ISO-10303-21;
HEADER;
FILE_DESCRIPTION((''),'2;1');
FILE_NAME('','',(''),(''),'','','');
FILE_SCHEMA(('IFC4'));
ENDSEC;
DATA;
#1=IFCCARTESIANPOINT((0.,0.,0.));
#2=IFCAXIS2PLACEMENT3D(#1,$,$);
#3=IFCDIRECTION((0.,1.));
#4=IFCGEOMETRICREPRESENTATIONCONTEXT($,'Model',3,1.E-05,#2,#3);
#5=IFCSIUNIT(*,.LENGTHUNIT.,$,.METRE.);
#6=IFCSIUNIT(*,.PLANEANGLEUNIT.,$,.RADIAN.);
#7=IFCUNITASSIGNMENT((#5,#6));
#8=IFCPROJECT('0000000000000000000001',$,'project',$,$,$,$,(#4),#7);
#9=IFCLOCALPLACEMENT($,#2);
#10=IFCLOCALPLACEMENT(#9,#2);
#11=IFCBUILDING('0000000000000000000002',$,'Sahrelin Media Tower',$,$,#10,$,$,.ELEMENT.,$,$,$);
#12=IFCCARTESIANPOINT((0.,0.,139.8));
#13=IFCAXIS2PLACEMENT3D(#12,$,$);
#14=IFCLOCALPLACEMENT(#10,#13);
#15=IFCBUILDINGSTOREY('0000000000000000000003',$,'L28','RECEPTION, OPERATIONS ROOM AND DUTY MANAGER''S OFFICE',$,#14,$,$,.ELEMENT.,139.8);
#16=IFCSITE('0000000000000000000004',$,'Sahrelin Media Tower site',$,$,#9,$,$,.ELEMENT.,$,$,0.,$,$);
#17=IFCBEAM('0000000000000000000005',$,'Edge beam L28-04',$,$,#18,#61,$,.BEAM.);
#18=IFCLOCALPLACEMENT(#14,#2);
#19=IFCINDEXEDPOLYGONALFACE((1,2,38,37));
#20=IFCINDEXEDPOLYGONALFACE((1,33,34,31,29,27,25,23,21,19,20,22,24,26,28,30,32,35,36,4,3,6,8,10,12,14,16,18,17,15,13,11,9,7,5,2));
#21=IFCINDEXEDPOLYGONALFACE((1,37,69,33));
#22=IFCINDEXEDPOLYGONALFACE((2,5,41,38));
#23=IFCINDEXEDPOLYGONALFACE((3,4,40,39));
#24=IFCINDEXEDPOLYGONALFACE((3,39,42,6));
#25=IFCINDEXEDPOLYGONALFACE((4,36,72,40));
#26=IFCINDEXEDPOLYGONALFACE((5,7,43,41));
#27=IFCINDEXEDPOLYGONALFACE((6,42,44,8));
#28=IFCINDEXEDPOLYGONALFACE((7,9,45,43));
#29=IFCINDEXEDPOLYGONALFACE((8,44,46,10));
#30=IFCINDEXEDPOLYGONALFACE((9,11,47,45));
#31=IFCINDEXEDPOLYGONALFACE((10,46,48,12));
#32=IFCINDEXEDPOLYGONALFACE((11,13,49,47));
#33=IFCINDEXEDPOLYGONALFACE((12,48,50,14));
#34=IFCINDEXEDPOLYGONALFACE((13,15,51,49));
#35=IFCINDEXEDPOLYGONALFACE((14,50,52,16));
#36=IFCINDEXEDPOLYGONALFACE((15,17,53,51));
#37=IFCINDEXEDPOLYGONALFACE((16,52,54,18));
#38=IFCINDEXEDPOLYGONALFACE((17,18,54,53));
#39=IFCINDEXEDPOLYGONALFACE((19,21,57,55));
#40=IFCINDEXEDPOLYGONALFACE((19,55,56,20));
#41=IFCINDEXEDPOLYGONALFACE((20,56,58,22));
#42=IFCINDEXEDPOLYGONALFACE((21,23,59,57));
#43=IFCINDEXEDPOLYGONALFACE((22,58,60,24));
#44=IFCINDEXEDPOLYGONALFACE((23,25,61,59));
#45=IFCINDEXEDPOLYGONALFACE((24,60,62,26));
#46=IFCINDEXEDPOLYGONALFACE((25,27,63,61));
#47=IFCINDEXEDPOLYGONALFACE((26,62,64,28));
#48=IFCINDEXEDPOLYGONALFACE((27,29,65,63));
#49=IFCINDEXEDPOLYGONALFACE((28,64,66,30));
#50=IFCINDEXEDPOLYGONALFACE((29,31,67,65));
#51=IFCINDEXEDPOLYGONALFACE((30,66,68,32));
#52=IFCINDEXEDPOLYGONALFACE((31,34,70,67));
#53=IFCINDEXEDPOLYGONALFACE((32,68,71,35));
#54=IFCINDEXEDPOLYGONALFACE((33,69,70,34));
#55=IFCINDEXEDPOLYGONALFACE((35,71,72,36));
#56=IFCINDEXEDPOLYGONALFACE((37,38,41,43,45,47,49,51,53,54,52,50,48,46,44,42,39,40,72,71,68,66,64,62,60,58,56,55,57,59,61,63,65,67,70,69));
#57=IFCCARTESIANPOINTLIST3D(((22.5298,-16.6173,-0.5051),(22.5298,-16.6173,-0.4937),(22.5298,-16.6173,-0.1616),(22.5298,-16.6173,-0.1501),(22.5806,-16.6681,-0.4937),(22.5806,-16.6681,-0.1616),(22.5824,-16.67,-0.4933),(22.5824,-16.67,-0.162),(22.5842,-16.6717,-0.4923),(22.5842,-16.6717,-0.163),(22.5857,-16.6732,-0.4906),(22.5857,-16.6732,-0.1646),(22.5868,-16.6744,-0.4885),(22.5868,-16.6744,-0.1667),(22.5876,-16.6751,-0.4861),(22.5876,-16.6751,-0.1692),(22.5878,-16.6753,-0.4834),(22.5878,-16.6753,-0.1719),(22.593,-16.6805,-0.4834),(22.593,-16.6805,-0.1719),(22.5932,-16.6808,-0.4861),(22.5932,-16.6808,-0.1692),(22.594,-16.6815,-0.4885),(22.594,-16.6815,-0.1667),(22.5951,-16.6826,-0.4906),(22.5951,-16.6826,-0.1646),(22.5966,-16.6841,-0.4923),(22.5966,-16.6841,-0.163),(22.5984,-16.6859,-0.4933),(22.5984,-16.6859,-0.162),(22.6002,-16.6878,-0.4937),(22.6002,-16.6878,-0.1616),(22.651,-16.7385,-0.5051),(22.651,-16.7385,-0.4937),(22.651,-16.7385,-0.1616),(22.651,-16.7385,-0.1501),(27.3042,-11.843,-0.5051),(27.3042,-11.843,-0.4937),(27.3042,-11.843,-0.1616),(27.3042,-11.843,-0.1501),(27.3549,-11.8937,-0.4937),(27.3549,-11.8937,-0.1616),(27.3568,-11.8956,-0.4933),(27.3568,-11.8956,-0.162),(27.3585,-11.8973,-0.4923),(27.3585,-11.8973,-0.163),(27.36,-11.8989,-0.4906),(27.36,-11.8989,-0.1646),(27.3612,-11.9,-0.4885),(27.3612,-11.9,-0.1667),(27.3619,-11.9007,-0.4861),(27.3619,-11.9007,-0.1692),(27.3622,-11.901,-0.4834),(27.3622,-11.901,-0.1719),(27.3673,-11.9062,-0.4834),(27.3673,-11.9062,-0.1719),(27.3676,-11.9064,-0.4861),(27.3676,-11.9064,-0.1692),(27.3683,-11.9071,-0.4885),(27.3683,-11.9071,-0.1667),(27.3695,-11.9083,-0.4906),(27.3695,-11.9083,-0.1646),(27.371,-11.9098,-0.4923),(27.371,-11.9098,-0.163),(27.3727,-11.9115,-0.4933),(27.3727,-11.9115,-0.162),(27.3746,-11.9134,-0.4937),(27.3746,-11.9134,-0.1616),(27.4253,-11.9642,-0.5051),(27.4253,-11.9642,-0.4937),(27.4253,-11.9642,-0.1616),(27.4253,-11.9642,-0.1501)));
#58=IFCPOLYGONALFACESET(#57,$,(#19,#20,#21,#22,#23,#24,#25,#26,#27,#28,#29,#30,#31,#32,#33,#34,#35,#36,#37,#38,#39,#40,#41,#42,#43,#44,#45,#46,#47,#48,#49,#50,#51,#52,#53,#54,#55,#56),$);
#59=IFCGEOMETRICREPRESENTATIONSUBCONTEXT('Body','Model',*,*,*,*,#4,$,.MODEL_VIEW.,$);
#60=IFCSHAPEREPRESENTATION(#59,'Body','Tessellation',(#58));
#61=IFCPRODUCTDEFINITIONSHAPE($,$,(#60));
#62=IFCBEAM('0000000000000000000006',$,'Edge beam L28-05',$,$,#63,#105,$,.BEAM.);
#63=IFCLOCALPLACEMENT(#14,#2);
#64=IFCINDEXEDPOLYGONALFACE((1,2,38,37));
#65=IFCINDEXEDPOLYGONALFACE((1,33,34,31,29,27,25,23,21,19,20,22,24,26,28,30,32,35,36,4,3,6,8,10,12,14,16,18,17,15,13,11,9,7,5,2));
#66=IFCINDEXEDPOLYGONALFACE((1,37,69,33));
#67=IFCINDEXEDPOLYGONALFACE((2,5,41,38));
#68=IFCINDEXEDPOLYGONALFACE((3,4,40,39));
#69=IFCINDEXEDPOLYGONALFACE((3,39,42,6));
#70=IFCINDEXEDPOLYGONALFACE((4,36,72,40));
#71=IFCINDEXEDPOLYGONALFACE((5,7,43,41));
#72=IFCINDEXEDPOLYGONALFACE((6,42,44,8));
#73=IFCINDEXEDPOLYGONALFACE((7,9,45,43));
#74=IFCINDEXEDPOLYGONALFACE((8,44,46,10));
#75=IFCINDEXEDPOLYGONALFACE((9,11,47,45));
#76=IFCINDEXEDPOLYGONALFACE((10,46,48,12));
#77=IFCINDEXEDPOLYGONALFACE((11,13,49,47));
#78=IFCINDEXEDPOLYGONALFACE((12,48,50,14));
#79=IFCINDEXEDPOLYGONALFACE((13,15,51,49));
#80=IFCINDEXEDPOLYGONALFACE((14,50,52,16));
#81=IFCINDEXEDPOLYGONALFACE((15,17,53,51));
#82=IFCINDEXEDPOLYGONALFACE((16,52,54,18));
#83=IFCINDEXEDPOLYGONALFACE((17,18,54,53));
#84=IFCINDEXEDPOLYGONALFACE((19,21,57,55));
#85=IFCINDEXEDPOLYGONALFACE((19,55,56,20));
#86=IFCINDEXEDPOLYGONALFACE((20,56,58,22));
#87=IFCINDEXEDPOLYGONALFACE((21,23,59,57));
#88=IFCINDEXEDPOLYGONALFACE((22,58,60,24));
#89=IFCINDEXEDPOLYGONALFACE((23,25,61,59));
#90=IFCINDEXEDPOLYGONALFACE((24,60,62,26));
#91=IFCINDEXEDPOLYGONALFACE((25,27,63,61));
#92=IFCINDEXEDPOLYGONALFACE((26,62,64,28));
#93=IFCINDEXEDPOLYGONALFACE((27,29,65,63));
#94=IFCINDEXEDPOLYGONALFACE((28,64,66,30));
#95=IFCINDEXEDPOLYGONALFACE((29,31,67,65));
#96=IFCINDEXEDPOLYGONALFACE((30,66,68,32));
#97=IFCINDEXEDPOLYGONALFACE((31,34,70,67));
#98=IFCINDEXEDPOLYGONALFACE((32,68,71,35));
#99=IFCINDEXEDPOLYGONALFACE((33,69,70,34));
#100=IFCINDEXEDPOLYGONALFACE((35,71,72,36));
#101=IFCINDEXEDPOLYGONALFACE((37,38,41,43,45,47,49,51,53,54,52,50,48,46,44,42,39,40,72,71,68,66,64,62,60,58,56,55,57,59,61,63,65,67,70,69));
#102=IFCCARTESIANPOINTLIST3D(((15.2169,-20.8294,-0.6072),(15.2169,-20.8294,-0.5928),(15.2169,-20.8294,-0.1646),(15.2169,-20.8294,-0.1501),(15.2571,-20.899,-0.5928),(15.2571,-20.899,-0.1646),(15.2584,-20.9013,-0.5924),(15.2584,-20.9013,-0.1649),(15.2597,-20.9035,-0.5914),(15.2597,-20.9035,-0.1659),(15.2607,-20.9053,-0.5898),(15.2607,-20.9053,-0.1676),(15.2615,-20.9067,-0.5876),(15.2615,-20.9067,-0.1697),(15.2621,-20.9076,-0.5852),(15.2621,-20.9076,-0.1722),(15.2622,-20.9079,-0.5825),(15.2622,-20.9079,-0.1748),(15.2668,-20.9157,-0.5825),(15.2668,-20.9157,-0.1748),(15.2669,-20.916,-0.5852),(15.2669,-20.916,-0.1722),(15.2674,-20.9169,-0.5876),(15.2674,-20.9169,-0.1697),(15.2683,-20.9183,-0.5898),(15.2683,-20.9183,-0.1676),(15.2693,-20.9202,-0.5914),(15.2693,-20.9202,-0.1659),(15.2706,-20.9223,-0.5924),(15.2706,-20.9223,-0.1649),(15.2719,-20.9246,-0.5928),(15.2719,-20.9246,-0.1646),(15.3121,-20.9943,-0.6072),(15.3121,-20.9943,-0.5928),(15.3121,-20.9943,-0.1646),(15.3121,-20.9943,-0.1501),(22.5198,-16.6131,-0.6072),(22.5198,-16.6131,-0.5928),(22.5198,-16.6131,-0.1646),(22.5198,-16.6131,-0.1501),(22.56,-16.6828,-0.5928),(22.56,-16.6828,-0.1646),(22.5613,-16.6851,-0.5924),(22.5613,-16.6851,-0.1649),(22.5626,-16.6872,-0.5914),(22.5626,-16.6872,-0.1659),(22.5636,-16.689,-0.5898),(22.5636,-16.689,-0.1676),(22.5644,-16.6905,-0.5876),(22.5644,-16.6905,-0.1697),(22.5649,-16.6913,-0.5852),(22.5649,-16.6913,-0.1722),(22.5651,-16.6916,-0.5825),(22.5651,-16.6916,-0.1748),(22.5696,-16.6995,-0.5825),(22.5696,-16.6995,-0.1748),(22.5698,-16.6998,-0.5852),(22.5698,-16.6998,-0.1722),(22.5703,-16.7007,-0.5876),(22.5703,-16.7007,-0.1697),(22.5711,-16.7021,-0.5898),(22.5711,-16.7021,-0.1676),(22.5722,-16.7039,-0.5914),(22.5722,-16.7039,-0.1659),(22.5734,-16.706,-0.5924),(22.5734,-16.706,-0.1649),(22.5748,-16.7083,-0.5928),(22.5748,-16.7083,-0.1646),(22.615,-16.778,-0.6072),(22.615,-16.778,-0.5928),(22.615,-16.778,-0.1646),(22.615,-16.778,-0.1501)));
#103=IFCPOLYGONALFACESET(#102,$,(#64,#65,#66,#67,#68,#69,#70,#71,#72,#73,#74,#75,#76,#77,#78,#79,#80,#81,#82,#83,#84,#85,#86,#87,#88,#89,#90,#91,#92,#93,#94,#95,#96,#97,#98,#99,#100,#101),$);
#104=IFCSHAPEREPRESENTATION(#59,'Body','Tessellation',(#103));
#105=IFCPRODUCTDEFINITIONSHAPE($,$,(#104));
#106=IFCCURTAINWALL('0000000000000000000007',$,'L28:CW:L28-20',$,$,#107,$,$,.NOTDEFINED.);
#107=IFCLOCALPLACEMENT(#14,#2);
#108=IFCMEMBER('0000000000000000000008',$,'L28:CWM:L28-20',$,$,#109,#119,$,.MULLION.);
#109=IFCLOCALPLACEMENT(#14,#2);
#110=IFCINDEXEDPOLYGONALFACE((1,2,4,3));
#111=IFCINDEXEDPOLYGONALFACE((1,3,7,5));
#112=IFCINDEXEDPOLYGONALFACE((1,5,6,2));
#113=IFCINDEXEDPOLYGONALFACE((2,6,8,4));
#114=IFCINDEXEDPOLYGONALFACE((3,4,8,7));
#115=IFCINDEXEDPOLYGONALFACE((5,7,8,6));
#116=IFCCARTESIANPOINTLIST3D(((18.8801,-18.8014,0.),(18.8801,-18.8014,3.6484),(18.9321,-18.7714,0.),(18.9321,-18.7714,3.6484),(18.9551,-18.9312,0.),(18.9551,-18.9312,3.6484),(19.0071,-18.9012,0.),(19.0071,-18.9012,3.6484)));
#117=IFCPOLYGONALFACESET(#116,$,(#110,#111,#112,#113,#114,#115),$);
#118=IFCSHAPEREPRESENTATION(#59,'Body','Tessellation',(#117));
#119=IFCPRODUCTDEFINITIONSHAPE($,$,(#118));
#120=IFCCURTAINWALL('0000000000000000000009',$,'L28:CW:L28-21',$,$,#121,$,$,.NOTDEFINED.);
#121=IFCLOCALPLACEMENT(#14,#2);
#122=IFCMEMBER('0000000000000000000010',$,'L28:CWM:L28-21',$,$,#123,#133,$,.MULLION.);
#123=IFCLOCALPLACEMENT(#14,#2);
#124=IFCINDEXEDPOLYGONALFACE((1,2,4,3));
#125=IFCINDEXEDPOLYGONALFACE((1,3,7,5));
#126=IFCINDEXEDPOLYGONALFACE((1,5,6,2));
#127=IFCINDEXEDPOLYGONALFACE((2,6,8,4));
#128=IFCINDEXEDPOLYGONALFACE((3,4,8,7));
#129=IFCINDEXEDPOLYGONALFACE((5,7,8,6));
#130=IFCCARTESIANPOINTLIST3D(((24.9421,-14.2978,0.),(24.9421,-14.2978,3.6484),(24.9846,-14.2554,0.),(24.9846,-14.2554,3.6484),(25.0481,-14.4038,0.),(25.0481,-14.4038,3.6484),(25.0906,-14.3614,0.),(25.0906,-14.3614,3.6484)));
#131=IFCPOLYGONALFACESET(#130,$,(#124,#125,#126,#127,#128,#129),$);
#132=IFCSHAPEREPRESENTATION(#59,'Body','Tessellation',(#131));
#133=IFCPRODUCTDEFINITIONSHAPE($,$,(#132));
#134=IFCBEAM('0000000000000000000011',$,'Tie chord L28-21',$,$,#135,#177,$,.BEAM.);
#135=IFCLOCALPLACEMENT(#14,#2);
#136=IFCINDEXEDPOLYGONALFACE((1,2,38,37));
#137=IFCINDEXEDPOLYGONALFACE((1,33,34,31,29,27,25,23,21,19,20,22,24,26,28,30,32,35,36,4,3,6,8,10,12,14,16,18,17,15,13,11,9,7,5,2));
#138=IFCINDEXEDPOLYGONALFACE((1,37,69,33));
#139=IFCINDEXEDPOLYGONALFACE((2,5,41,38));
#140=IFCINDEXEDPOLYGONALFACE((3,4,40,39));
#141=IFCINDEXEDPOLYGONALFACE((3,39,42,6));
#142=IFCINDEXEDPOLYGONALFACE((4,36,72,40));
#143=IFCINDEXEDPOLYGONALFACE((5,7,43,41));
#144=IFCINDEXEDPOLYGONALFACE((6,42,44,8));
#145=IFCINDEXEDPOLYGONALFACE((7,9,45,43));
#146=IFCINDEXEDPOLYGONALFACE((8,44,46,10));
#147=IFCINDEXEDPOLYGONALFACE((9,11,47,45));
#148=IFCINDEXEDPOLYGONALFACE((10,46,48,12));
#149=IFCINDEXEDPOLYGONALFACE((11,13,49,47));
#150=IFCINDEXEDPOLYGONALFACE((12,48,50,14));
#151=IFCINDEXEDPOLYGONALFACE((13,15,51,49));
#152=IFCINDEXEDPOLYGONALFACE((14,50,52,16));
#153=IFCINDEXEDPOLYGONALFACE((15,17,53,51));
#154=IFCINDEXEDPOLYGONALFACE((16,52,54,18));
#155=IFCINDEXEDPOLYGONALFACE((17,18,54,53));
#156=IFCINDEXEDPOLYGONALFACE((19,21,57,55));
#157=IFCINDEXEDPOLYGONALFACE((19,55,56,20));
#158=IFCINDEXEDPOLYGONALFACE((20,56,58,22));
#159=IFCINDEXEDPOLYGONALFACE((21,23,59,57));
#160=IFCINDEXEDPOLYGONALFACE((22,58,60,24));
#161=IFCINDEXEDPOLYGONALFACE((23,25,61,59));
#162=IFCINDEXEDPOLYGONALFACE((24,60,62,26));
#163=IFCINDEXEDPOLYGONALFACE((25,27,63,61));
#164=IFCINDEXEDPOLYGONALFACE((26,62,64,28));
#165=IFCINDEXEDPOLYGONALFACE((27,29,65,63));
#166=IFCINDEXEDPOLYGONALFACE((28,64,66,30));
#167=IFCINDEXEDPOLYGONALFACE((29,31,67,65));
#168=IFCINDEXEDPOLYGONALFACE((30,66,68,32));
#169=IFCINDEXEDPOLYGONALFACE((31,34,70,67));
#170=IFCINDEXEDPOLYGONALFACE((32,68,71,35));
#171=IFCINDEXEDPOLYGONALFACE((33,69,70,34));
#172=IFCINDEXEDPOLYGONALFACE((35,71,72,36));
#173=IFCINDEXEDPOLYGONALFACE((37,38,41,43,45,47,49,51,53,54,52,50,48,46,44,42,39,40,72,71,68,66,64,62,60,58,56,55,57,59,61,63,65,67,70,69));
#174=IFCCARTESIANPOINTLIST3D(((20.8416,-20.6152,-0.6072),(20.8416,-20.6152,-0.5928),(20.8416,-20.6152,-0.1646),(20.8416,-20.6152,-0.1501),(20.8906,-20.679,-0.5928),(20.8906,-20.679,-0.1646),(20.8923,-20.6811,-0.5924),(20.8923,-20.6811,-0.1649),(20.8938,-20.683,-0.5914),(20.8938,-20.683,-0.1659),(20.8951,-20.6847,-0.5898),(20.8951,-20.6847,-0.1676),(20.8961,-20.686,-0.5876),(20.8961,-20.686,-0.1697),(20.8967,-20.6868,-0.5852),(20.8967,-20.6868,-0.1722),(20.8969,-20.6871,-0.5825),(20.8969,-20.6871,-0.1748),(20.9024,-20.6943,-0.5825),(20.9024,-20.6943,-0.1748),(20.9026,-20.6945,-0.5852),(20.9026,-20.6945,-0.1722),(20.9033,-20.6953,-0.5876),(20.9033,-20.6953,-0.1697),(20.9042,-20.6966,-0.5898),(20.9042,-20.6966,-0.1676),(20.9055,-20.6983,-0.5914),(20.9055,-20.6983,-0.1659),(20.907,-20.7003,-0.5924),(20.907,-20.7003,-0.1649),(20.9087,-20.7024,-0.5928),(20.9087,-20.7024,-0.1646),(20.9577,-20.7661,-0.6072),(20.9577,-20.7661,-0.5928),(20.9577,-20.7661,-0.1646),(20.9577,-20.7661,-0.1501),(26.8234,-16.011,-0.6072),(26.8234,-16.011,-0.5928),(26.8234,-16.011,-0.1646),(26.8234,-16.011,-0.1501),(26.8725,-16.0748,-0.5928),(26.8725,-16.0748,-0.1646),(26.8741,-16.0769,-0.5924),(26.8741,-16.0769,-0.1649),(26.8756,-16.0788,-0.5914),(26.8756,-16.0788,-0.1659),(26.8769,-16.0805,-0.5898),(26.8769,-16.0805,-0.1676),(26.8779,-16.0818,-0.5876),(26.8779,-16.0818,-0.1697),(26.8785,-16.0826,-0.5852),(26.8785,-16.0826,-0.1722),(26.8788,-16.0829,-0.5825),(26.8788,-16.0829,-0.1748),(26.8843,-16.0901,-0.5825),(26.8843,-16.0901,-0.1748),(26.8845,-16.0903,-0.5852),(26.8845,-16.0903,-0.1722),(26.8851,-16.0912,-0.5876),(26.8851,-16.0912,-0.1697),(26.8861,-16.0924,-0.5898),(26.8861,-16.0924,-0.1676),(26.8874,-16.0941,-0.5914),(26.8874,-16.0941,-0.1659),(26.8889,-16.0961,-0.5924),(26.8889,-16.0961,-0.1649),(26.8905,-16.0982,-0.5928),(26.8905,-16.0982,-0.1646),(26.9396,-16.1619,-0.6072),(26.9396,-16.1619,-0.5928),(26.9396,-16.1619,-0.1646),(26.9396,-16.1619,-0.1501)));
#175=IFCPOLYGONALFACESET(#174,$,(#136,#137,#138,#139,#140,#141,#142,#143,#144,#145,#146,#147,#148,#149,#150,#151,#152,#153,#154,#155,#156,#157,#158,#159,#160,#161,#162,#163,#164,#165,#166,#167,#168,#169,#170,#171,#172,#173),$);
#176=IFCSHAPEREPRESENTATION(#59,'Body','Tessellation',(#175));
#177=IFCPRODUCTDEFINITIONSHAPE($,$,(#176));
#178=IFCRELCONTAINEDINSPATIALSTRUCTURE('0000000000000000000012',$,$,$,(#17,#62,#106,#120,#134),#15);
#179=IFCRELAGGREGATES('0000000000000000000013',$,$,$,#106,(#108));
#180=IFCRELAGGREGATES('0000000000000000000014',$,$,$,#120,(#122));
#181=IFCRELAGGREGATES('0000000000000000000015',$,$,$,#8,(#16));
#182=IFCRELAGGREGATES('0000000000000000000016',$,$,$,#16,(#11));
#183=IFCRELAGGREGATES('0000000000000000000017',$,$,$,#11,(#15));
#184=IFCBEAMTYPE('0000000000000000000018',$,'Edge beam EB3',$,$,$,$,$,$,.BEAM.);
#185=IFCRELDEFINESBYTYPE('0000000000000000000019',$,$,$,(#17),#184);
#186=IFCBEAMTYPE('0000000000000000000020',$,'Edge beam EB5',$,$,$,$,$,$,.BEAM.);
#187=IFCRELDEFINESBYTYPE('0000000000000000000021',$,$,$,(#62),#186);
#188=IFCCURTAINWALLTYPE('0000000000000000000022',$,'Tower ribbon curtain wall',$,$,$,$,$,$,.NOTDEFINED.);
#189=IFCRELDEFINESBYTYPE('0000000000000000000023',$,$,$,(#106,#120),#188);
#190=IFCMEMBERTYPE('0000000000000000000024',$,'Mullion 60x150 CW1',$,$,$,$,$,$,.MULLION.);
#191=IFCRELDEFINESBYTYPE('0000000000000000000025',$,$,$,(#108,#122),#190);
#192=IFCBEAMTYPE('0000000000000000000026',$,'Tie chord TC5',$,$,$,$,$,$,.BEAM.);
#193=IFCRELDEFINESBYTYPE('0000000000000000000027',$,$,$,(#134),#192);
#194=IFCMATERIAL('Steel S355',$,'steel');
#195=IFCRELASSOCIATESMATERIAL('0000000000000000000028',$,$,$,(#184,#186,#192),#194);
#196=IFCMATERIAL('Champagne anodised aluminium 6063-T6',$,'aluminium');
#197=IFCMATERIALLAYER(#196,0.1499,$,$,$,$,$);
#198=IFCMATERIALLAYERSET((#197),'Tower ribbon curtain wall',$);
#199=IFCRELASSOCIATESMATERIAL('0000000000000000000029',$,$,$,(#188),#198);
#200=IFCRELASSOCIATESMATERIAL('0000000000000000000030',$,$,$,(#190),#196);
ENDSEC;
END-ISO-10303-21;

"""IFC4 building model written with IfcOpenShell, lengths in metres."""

from ifc_helpers import new_model, si_unit, direction, frame, origin, origin_2d, place, context, subcontext, project, spatial, rectangle, i_section, extrude, material, layer, layer_set, material_profile, profile_set, type_object, element, aggregate, save


model = new_model("IFC4")

# Units and contexts
model_context = context("Model", 3, precision=1e-05, world=origin(), true_north=direction((0.0, 1.0)))
body_context = subcontext(model_context, "Body", "Model", "MODEL_VIEW")
ifc_project = project(units=[si_unit("LENGTHUNIT", "METRE"), si_unit("PLANEANGLEUNIT", "RADIAN")], contexts=[model_context])

# Site, building, storey
site_placement = place(None, origin())
site = spatial("IfcSite", under=ifc_project, at=site_placement, Name="Sahrelin Media Tower site", CompositionType="ELEMENT", RefElevation=0.0)
building_placement = place(site_placement, origin())
building = spatial("IfcBuilding", under=site, at=building_placement, Name="Sahrelin Media Tower", CompositionType="ELEMENT")
storey_placement = place(building_placement, frame((0.0, 0.0, 139.8)))
storey = spatial("IfcBuildingStorey", under=building, at=storey_placement, Name="L28", Description="RECEPTION, OPERATIONS ROOM AND DUTY MANAGER'S OFFICE", CompositionType="ELEMENT", Elevation=139.8)

# Beams
ifc_material_1 = material(Name="Steel S355", Category="steel")
ifc_material_profile_1 = material_profile(ifc_material_1, i_section(OverallWidth=0.1714, OverallDepth=0.355, WebThickness=0.0073, FlangeThickness=0.0115, FilletRadius=0.0103, at=origin_2d()), Name="UB 356x171x51")
ifc_profile_set_1 = profile_set([ifc_material_profile_1], Name="Steel S355")
beam_type_1 = type_object("IfcBeamType", Name="Edge beam EB3", PredefinedType="BEAM", material=ifc_profile_set_1)
beam_1_placement = place(storey_placement, frame((27.3647, -11.9036, -0.3276), z_axis=(-0.707107, -0.707107, 0.0), x_axis=(0.707107, -0.707107, 0.0)))
element("IfcBeam", 1, at=beam_1_placement, inside=storey, type_object=beam_type_1, Name="Edge beam L28-04", PredefinedType="BEAM", context=body_context, shape_type="SweptSolid", body=[
    extrude(i_section(OverallWidth=0.1714, OverallDepth=0.355, WebThickness=0.0073, FlangeThickness=0.0115, FilletRadius=0.0103, at=origin_2d()), origin(), (0.0, 0.0, 1.0), 6.752),
])
ifc_material_profile_2 = material_profile(ifc_material_1, i_section(OverallWidth=0.1904, OverallDepth=0.457, WebThickness=0.009, FlangeThickness=0.0144, FilletRadius=0.0103, at=origin_2d()), Name="UB 457x191x74")
ifc_profile_set_2 = profile_set([ifc_material_profile_2], Name="Steel S355")
beam_type_2 = type_object("IfcBeamType", Name="Edge beam EB5", PredefinedType="BEAM", material=ifc_profile_set_2)
beam_2_placement = place(storey_placement, frame((22.5674, -16.6956, -0.3787), z_axis=(-0.866029, -0.499994, 0.0), x_axis=(0.499994, -0.866029, 0.0)))
element("IfcBeam", 2, at=beam_2_placement, inside=storey, type_object=beam_type_2, Name="Edge beam L28-05", PredefinedType="BEAM", context=body_context, shape_type="SweptSolid", body=[
    extrude(i_section(OverallWidth=0.1904, OverallDepth=0.457, WebThickness=0.009, FlangeThickness=0.0144, FilletRadius=0.0103, at=origin_2d()), origin(), (0.0, 0.0, 1.0), 8.4326),
])

# Curtain walls, members
ifc_material_2 = material(Name="Champagne anodised aluminium 6063-T6", Category="aluminium")
ifc_layer_1 = layer(ifc_material_2, 0.1499)
ifc_layer_set_1 = layer_set([ifc_layer_1], Name="Tower ribbon curtain wall")
curtain_wall_type = type_object("IfcCurtainWallType", Name="Tower ribbon curtain wall", PredefinedType="NOTDEFINED", material=ifc_layer_set_1)
curtain_wall_1_placement = place(storey_placement, frame((18.991, -18.9336, 0.0), z_axis=(0.0, 0.0, 1.0), x_axis=(1.0, 0.0, 0.0)))
curtain_wall_1 = element("IfcCurtainWall", 3, at=curtain_wall_1_placement, inside=storey, type_object=curtain_wall_type, Name="L28:CW:L28-20", PredefinedType="NOTDEFINED")
ifc_material_profile_3 = material_profile(ifc_material_2, rectangle(XDim=0.0601, YDim=0.1499, at=origin_2d()), Name="Mullion 60x150")
ifc_profile_set_3 = profile_set([ifc_material_profile_3], Name="Champagne anodised aluminium 6063-T6")
member_type_1 = type_object("IfcMemberType", Name="Mullion 60x150 CW1", PredefinedType="MULLION", material=ifc_profile_set_3)
member_1_placement = place(storey_placement, frame((18.9436, -18.8513, 0.0), z_axis=(0.0, 0.0, 1.0), x_axis=(0.866027, 0.499997, 0.0)))
member_1 = element("IfcMember", 4, at=member_1_placement, type_object=member_type_1, Name="L28:CWM:L28-20", PredefinedType="MULLION", context=body_context, shape_type="SweptSolid", body=[
    extrude(rectangle(XDim=0.0601, YDim=0.1499, at=origin_2d()), origin(), (0.0, 0.0, 1.0), 3.6484),
])
curtain_wall_2_placement = place(storey_placement, frame((25.0835, -14.397, 0.0), z_axis=(0.0, 0.0, 1.0), x_axis=(1.0, 0.0, 0.0)))
curtain_wall_2 = element("IfcCurtainWall", 5, at=curtain_wall_2_placement, inside=storey, type_object=curtain_wall_type, Name="L28:CW:L28-21", PredefinedType="NOTDEFINED")
member_2_placement = place(storey_placement, frame((25.0164, -14.3296, 0.0), z_axis=(0.0, 0.0, 1.0), x_axis=(0.707107, 0.707107, 0.0)))
member_2 = element("IfcMember", 6, at=member_2_placement, type_object=member_type_1, Name="L28:CWM:L28-21", PredefinedType="MULLION", context=body_context, shape_type="SweptSolid", body=[
    extrude(rectangle(XDim=0.0601, YDim=0.1499, at=origin_2d()), origin(), (0.0, 0.0, 1.0), 3.6484),
])

# Beam
ifc_material_profile_4 = material_profile(ifc_material_1, i_section(OverallWidth=0.1904, OverallDepth=0.457, WebThickness=0.009, FlangeThickness=0.0144, FilletRadius=0.0103, at=origin_2d()), Name="UB 457x191x74")
ifc_profile_set_4 = profile_set([ifc_material_profile_4], Name="Steel S355")
beam_type_3 = type_object("IfcBeamType", Name="Tie chord TC5", PredefinedType="BEAM", material=ifc_profile_set_4)
beam_3_placement = place(storey_placement, frame((20.8997, -20.6907, -0.3787), z_axis=(0.792447, 0.60994, 0.0), x_axis=(-0.60994, 0.792447, 0.0)))
element("IfcBeam", 7, at=beam_3_placement, inside=storey, type_object=beam_type_3, Name="Tie chord L28-21", PredefinedType="BEAM", context=body_context, shape_type="SweptSolid", body=[
    extrude(i_section(OverallWidth=0.1904, OverallDepth=0.457, WebThickness=0.009, FlangeThickness=0.0144, FilletRadius=0.0103, at=origin_2d()), origin(), (0.0, 0.0, 1.0), 7.5486),
])

aggregate(curtain_wall_1, [member_1])
aggregate(curtain_wall_2, [member_2])

save(model, "model.ifc")
